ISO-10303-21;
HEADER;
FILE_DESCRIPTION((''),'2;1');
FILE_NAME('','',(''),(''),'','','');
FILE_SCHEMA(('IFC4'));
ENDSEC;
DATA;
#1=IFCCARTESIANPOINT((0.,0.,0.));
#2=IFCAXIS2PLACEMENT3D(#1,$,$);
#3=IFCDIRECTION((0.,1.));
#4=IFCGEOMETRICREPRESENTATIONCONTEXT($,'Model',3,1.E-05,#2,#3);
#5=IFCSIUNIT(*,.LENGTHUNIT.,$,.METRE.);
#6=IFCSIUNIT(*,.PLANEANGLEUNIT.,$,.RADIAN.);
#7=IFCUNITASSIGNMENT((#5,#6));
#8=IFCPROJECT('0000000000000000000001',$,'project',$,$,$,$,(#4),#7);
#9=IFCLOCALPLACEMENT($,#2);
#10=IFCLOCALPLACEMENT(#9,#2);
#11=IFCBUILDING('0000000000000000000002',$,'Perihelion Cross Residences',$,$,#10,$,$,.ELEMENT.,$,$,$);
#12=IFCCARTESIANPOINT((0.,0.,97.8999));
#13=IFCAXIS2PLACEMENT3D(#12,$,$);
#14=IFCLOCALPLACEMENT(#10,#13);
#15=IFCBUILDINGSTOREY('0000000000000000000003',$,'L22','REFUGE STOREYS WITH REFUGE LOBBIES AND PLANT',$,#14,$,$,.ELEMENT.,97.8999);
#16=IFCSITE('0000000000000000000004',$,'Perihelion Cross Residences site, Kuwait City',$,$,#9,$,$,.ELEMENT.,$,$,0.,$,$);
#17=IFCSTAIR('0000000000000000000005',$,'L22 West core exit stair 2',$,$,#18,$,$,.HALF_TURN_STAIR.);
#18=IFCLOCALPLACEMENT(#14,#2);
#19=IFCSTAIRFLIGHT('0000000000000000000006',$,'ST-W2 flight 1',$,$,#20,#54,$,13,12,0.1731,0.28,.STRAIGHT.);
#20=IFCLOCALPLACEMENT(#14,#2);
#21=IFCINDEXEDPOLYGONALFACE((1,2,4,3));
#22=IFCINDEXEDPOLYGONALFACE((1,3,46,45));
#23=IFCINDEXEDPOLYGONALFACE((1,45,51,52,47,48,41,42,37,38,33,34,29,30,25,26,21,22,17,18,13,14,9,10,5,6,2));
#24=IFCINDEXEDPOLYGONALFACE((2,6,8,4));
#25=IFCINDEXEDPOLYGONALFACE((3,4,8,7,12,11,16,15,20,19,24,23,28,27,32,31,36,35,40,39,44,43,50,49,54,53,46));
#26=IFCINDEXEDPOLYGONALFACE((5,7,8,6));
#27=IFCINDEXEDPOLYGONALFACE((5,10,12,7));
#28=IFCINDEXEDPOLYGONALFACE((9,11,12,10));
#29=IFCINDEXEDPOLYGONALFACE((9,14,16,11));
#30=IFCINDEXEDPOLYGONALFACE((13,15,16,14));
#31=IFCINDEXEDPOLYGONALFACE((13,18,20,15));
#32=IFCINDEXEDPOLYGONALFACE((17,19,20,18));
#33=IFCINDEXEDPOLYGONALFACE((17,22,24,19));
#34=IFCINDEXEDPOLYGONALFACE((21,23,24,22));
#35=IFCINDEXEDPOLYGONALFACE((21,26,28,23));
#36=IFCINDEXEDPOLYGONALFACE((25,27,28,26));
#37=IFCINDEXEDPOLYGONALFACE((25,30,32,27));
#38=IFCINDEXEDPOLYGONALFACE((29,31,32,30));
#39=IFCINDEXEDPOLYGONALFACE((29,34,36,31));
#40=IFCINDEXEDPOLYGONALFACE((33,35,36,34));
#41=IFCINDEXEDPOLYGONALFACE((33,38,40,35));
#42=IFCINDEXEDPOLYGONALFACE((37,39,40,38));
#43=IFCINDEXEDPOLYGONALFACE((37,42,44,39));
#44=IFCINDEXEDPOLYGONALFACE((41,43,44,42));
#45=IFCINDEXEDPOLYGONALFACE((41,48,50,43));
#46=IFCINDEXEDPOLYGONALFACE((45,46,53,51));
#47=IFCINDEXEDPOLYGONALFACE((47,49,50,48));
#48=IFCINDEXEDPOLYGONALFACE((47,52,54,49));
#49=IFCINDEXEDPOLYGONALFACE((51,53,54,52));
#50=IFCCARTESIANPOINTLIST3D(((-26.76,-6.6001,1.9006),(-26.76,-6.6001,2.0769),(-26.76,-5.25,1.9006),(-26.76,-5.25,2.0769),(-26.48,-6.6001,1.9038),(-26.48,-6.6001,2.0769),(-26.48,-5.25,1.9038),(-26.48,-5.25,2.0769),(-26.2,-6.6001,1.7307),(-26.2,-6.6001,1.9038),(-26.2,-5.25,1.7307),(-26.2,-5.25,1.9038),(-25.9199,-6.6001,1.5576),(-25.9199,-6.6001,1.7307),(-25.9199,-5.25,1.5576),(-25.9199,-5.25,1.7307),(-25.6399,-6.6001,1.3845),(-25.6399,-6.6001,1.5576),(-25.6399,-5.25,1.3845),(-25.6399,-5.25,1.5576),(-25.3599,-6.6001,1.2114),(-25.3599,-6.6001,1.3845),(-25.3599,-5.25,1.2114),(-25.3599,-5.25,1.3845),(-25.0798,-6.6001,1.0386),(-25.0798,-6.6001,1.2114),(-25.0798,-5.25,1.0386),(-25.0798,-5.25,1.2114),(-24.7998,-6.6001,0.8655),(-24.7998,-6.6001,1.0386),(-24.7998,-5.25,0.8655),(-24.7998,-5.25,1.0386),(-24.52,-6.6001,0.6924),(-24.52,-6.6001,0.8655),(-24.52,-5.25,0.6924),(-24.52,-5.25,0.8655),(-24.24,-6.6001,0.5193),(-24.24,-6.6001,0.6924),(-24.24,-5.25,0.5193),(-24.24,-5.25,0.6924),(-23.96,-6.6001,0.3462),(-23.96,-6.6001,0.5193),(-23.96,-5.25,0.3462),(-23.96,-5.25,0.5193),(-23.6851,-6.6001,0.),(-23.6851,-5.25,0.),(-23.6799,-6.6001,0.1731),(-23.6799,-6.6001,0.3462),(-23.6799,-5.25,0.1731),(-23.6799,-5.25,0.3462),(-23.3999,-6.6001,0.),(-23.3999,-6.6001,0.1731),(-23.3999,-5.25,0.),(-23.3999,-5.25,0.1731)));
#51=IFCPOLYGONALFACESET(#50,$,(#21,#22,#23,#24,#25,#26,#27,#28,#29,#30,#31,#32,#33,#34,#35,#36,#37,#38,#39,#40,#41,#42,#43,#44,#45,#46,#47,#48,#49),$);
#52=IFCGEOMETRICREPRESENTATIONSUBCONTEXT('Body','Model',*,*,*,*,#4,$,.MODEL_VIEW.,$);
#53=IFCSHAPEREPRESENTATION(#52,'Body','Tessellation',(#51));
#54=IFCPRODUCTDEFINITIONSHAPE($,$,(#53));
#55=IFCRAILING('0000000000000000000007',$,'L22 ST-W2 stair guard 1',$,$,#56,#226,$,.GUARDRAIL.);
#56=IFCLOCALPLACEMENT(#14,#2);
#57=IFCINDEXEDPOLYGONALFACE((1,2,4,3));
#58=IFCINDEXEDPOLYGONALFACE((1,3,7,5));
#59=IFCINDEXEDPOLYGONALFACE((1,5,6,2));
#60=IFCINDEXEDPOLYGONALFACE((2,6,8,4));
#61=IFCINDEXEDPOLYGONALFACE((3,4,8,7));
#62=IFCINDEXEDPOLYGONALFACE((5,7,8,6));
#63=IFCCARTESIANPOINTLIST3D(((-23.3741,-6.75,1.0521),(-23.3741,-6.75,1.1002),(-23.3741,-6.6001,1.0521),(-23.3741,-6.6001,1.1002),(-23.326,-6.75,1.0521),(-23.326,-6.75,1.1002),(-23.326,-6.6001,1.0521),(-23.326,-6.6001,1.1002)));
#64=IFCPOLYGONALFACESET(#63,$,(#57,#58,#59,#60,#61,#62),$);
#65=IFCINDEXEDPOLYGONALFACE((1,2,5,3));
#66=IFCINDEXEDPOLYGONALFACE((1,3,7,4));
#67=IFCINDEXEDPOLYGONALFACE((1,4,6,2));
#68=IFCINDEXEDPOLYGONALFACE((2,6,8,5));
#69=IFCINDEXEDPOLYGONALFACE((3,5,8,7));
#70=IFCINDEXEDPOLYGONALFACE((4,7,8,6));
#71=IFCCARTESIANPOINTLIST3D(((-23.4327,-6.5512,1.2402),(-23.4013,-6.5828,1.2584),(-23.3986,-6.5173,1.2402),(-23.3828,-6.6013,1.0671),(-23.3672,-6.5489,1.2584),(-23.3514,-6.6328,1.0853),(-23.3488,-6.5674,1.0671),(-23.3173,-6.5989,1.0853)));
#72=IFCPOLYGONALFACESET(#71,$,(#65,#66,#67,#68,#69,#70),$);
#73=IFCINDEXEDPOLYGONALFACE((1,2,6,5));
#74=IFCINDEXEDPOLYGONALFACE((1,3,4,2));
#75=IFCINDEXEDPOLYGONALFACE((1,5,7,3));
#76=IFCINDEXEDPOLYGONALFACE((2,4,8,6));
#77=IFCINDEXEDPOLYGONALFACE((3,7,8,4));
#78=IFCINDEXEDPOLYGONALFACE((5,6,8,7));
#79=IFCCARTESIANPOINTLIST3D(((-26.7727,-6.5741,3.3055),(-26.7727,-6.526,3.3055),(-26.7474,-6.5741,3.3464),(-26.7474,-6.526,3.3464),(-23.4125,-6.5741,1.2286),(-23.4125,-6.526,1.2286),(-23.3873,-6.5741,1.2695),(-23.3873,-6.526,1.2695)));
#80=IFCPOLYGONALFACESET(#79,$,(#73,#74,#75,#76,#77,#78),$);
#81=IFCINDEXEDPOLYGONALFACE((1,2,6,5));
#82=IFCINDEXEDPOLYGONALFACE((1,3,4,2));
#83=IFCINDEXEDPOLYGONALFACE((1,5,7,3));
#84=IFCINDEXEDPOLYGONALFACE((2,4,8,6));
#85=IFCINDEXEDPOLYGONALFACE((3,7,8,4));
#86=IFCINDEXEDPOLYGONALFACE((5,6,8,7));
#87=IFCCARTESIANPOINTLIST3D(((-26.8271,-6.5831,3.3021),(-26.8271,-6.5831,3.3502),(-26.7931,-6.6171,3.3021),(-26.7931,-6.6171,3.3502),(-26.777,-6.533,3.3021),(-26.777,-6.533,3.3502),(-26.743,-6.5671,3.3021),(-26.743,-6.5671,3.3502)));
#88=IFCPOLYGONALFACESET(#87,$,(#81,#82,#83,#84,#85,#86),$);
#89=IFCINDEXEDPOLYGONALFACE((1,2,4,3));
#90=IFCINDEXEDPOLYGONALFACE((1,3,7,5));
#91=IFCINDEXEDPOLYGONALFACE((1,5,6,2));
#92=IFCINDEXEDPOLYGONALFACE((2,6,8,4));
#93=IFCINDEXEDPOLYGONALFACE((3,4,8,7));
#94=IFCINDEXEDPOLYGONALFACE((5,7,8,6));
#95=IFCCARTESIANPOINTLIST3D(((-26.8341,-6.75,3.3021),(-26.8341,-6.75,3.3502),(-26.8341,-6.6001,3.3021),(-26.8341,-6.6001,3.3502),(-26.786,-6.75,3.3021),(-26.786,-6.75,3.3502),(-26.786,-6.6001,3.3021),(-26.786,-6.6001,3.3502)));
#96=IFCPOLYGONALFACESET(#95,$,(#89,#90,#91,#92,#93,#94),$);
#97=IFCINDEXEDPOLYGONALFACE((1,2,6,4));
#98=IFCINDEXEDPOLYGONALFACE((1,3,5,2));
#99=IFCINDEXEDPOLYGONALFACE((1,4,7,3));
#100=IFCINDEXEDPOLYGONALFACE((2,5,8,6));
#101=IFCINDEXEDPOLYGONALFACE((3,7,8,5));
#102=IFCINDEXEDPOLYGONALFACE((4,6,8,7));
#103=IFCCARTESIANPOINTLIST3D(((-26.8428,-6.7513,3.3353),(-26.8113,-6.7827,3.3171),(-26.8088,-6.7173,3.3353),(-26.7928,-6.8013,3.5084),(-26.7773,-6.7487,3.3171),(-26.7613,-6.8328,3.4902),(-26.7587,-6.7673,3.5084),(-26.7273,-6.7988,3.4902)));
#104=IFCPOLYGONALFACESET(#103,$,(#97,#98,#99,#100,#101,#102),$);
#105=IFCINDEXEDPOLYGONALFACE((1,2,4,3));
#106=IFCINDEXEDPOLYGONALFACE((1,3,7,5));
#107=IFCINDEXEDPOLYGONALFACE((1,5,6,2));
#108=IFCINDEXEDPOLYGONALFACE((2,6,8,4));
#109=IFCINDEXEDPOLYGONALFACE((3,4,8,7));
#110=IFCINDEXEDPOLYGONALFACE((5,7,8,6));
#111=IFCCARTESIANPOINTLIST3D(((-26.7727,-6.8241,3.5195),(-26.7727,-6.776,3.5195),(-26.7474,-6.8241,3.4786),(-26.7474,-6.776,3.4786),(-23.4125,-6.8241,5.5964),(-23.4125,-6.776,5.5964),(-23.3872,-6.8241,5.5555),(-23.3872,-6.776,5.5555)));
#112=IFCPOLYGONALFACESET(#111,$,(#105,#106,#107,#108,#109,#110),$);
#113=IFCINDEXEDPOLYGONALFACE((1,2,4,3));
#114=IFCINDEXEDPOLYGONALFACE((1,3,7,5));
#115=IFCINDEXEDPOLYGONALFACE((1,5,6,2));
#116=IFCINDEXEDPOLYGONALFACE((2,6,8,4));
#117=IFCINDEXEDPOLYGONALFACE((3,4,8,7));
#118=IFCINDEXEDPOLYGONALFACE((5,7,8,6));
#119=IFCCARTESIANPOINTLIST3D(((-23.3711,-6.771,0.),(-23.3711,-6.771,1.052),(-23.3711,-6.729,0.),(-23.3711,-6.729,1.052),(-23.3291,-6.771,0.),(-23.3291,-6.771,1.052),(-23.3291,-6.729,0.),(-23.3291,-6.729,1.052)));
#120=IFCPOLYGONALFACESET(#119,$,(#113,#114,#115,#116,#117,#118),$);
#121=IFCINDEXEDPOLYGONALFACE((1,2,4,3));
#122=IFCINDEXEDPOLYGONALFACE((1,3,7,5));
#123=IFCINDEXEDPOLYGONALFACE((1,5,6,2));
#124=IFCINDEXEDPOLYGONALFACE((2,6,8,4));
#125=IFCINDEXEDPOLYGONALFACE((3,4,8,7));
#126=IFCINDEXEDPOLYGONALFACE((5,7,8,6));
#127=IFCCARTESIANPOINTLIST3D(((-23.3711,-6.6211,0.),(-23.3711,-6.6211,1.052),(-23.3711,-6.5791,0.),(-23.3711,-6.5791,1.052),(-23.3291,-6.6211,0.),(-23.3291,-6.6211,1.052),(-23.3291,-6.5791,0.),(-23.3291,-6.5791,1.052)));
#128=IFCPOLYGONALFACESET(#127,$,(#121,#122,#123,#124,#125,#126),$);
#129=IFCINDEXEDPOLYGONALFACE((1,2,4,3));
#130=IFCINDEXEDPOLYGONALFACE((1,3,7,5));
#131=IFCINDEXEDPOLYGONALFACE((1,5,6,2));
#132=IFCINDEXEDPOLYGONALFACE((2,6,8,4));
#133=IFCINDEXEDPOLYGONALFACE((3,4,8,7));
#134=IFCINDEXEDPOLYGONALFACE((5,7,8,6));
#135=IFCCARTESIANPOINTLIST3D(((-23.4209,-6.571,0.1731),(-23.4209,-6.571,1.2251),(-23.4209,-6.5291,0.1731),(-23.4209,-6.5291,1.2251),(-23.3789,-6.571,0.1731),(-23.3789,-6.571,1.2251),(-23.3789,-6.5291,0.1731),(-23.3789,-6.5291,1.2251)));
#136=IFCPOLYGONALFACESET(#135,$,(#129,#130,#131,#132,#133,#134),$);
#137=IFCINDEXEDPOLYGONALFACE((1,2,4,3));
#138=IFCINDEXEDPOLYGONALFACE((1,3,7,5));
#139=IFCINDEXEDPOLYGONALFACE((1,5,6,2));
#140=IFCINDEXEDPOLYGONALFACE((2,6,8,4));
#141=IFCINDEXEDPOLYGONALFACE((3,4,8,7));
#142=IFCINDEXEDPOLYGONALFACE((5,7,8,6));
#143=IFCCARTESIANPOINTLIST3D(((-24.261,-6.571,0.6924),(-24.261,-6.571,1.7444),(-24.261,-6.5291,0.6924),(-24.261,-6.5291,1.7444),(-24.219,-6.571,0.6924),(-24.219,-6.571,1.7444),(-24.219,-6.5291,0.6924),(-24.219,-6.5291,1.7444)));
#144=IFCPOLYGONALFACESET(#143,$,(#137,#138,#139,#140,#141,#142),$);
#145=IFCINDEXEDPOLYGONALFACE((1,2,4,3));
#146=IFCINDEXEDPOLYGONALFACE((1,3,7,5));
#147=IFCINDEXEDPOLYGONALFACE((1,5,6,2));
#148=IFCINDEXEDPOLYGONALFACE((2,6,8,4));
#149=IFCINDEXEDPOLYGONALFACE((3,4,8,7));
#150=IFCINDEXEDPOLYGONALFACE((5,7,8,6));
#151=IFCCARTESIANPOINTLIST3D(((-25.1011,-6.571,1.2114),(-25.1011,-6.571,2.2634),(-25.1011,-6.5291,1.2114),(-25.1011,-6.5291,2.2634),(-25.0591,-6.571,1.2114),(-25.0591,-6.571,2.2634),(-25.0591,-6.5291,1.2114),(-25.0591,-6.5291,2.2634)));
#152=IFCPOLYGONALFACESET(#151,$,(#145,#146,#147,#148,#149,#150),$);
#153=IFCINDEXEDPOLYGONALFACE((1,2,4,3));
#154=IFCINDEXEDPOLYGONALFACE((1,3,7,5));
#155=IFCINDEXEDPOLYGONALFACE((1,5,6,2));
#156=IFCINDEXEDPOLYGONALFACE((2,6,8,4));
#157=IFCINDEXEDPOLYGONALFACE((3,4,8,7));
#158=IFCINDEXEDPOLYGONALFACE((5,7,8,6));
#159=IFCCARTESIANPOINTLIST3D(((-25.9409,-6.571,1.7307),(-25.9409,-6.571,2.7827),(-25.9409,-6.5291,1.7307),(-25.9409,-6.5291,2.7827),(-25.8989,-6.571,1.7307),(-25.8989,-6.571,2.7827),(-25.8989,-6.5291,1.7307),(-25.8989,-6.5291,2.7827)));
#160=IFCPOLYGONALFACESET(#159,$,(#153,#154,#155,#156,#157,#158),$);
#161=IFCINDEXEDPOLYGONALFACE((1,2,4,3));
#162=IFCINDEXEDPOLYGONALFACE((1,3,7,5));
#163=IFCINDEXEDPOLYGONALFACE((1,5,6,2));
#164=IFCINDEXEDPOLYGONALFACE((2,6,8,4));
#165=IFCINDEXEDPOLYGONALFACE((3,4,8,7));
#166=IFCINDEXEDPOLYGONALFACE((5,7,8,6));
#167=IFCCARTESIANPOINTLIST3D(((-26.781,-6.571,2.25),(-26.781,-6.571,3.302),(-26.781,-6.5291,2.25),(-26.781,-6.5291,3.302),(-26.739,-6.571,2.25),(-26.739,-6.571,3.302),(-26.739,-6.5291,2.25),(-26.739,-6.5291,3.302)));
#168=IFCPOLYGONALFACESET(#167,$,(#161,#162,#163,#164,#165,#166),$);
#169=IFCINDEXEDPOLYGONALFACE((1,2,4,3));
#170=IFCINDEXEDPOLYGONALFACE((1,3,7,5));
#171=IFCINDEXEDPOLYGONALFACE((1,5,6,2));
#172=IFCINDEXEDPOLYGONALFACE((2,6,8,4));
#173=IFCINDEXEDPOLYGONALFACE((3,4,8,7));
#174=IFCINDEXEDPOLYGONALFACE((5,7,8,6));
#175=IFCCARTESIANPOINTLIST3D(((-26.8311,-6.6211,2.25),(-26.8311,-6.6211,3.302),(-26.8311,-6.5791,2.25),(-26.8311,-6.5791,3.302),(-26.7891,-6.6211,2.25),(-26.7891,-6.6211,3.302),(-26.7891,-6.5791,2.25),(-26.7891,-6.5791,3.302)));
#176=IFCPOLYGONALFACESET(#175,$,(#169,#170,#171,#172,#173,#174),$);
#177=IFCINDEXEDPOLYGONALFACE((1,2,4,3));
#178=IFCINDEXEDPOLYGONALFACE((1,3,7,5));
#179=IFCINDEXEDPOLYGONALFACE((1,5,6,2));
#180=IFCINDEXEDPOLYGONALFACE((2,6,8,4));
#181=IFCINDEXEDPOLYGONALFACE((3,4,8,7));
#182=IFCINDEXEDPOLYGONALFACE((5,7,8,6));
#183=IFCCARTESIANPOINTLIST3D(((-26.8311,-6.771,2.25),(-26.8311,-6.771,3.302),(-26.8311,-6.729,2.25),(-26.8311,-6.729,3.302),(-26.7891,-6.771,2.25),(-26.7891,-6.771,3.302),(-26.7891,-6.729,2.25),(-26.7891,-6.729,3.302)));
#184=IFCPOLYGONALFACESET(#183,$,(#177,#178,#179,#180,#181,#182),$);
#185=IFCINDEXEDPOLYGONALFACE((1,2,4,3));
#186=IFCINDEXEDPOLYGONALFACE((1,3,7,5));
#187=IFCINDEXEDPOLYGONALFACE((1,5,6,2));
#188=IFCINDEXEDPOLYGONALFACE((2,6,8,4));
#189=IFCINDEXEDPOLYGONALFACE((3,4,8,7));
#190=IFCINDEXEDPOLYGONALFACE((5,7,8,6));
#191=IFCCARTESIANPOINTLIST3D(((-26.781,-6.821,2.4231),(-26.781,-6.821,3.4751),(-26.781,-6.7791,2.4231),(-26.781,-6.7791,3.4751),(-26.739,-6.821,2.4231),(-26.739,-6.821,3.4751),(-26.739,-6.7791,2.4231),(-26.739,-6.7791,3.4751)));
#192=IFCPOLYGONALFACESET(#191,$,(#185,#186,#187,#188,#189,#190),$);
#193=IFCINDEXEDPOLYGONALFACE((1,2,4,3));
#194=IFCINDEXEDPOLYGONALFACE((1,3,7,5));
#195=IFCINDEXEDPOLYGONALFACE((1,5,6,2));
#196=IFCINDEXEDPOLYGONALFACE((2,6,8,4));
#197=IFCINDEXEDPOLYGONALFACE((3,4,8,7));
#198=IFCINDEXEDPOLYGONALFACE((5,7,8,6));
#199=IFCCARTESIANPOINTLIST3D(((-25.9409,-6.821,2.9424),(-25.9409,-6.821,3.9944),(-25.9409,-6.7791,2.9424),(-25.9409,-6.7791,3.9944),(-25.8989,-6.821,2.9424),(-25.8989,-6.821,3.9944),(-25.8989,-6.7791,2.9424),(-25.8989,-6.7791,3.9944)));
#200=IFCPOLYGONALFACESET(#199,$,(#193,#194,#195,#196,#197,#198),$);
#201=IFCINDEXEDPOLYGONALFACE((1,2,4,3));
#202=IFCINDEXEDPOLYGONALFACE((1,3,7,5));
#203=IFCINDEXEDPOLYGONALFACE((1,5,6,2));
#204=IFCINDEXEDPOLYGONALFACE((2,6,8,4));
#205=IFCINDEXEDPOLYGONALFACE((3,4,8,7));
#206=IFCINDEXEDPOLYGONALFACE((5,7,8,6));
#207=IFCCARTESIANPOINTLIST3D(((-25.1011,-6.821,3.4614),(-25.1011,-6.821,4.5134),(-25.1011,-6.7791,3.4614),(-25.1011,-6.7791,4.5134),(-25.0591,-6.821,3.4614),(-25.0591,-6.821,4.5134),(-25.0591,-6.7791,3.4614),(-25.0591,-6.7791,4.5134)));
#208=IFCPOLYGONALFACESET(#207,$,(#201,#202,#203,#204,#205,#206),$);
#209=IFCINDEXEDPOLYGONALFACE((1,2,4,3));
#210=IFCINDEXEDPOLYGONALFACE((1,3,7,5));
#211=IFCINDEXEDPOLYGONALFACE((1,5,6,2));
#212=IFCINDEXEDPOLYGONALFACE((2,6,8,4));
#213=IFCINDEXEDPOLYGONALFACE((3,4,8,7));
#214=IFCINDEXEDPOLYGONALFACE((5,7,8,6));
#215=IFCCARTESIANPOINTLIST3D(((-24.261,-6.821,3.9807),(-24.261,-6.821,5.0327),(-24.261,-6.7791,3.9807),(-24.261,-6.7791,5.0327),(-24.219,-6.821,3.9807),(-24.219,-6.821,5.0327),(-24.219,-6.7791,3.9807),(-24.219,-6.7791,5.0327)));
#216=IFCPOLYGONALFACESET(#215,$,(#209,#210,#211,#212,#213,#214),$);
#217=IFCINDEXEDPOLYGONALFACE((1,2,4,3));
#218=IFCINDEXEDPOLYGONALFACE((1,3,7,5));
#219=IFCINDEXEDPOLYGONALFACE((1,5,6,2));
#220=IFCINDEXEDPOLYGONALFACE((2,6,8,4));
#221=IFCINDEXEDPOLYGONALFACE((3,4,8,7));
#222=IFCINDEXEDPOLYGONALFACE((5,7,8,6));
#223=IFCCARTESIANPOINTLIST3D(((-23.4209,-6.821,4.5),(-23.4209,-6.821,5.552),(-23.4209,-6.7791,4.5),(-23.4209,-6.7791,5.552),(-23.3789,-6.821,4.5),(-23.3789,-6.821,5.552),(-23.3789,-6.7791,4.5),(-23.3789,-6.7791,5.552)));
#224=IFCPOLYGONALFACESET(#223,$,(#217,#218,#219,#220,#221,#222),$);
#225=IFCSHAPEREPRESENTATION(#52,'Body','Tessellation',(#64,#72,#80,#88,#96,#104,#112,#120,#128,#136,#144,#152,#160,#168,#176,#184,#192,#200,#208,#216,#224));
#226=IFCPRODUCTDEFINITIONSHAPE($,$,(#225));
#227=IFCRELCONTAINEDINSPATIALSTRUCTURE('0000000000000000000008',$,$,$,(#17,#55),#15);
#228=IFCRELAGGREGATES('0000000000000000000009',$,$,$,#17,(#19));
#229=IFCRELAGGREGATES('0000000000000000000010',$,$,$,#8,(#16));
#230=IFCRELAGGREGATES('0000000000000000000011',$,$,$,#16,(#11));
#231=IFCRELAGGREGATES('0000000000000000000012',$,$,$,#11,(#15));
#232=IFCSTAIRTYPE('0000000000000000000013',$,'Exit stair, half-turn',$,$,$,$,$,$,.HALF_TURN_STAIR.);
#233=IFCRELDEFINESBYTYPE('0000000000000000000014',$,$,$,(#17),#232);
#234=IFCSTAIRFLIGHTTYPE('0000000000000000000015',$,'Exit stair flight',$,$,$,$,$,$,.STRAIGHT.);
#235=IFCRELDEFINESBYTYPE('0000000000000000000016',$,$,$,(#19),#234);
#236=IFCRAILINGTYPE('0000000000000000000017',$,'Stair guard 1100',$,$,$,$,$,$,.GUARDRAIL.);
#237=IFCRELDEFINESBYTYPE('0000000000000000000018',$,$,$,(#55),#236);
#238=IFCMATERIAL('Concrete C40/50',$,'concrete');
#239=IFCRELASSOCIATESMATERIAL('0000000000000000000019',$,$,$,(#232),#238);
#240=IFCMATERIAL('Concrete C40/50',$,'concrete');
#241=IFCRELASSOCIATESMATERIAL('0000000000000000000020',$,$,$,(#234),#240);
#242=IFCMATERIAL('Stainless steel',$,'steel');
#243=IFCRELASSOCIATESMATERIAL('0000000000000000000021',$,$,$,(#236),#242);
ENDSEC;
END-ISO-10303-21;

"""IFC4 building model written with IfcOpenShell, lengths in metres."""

from ifc_helpers import new_model, si_unit, direction, frame, origin, origin_2d, place, context, subcontext, project, spatial, polyline, rectangle, outline, extrude, material, type_object, element, aggregate, save


model = new_model("IFC4")

# Units and contexts
model_context = context("Model", 3, precision=1e-05, world=origin(), true_north=direction((0.0, 1.0)))
body_context = subcontext(model_context, "Body", "Model", "MODEL_VIEW")
ifc_project = project(units=[si_unit("LENGTHUNIT", "METRE"), si_unit("PLANEANGLEUNIT", "RADIAN")], contexts=[model_context])

# Site, building, storey
site_placement = place(None, origin())
site = spatial("IfcSite", under=ifc_project, at=site_placement, Name="Perihelion Cross Residences site, Kuwait City", CompositionType="ELEMENT", RefElevation=0.0)
building_placement = place(site_placement, origin())
building = spatial("IfcBuilding", under=site, at=building_placement, Name="Perihelion Cross Residences", CompositionType="ELEMENT")
storey_placement = place(building_placement, frame((0.0, 0.0, 97.8999)))
storey = spatial("IfcBuildingStorey", under=building, at=storey_placement, Name="L22", Description="REFUGE STOREYS WITH REFUGE LOBBIES AND PLANT", CompositionType="ELEMENT", Elevation=97.8999)

# Stair, stair flight
ifc_material_1 = material(Name="Concrete C40/50", Category="concrete")
stair_type = type_object("IfcStairType", Name="Exit stair, half-turn", PredefinedType="HALF_TURN_STAIR", material=ifc_material_1)
stair_placement = place(storey_placement, origin())
stair = element("IfcStair", 1, at=stair_placement, inside=storey, type_object=stair_type, Name="L22 West core exit stair 2", PredefinedType="HALF_TURN_STAIR")
ifc_material_2 = material(Name="Concrete C40/50", Category="concrete")
stair_flight_type = type_object("IfcStairFlightType", Name="Exit stair flight", PredefinedType="STRAIGHT", material=ifc_material_2)
stair_flight_placement = place(storey_placement, frame((-23.3999, -5.925, 0.0), z_axis=(0.0, 0.0, 1.0), x_axis=(-1.0, 0.0, 0.0)))
stair_flight = element("IfcStairFlight", 2, at=stair_flight_placement, type_object=stair_flight_type, Name="ST-W2 flight 1", NumberOfRisers=13, NumberOfTreads=12, PredefinedType="STRAIGHT", RiserHeight=0.1731, TreadLength=0.28, context=body_context, shape_type="SweptSolid", body=[
    extrude(outline(polyline([(0.0, 0.0), (0.0, 0.1731), (0.28, 0.1731), (0.28, 0.3462), (0.5601, 0.3462), (0.5601, 0.5193), (0.8401, 0.5193), (0.8401, 0.6924), (1.1201, 0.6924), (1.1201, 0.8655), (1.3999, 0.8655), (1.3999, 1.0386), (1.6799, 1.0386), (1.6799, 1.2114), (1.96, 1.2114), (1.96, 1.3845), (2.24, 1.3845), (2.24, 1.5576), (2.52, 1.5576), (2.52, 1.7307), (2.8, 1.7307), (2.8, 1.9038), (3.0801, 1.9038), (3.0801, 2.0769), (3.3601, 2.0769), (3.3601, 2.25), (3.3601, 1.9006), (0.2852, 0.0), (0.0, 0.0)])), frame((0.0, 0.675, 0.0), z_axis=(0.0, -1.0, 0.0), x_axis=(1.0, 0.0, 0.0)), (0.0, 0.0, 1.0), 1.3501),
])
aggregate(stair, [stair_flight])

# Railing
ifc_material_3 = material(Name="Stainless steel", Category="steel")
railing_type_1 = type_object("IfcRailingType", Name="Stair guard 1100", PredefinedType="GUARDRAIL", material=ifc_material_3)
railing_1_placement = place(storey_placement, frame((-23.3501, -6.75, 0.0)))
element("IfcRailing", 3, at=railing_1_placement, inside=storey, type_object=railing_type_1, Name="L22 ST-W2 stair guard 1", PredefinedType="GUARDRAIL", context=body_context, shape_type="SweptSolid", body=[
    extrude(rectangle(XDim=0.0481, YDim=0.0481, at=origin_2d()), frame((0.0, 0.0, 1.0762), z_axis=(0.0, 1.0, 0.0), x_axis=(-1.0, 0.0, 0.0)), (0.0, 0.0, 1.0), 0.1499),
    extrude(rectangle(XDim=0.0481, YDim=0.0481, at=origin_2d()), frame((0.0, 0.1499, 1.0762), z_axis=(-0.266417, 0.267723, 0.92593), x_axis=(-0.708834, -0.705376, 0.0)), (0.0, 0.0, 1.0), 0.187),
    extrude(rectangle(XDim=0.0481, YDim=0.0481, at=origin_2d()), frame((-0.0498, 0.2, 1.249), z_axis=(-0.850623, 0.0, 0.525776), x_axis=(0.0, -1.0, 0.0)), (0.0, 0.0, 1.0), 3.9502),
    extrude(rectangle(XDim=0.0481, YDim=0.0481, at=origin_2d()), frame((-3.4099, 0.2, 3.3262), z_axis=(-0.707107, -0.707107, 0.0), x_axis=(0.707107, -0.707107, 0.0)), (0.0, 0.0, 1.0), 0.0708),
    extrude(rectangle(XDim=0.0481, YDim=0.0481, at=origin_2d()), frame((-3.46, 0.1499, 3.3262), z_axis=(0.0, -1.0, 0.0), x_axis=(1.0, 0.0, 0.0)), (0.0, 0.0, 1.0), 0.1499),
    extrude(rectangle(XDim=0.0481, YDim=0.0481, at=origin_2d()), frame((-3.46, 0.0, 3.3262), z_axis=(0.26763, -0.26763, 0.925607), x_axis=(0.707107, 0.707107, 0.0)), (0.0, 0.0, 1.0), 0.187),
    extrude(rectangle(XDim=0.0481, YDim=0.0481, at=origin_2d()), frame((-3.4099, -0.05, 3.499), z_axis=(0.850623, 0.0, 0.525776), x_axis=(0.0, 1.0, 0.0)), (0.0, 0.0, 1.0), 3.9502),
    extrude(rectangle(XDim=0.042, YDim=0.042, at=origin_2d()), origin(), (0.0, 0.0, 1.0), 1.052),
    extrude(rectangle(XDim=0.042, YDim=0.042, at=origin_2d()), frame((0.0, 0.1499, 0.0)), (0.0, 0.0, 1.0), 1.052),
    extrude(rectangle(XDim=0.042, YDim=0.042, at=origin_2d()), frame((-0.0498, 0.2, 0.1731)), (0.0, 0.0, 1.0), 1.052),
    extrude(rectangle(XDim=0.042, YDim=0.042, at=origin_2d()), frame((-0.8899, 0.2, 0.6924)), (0.0, 0.0, 1.0), 1.052),
    extrude(rectangle(XDim=0.042, YDim=0.042, at=origin_2d()), frame((-1.73, 0.2, 1.2114)), (0.0, 0.0, 1.0), 1.052),
    extrude(rectangle(XDim=0.042, YDim=0.042, at=origin_2d()), frame((-2.5698, 0.2, 1.7307)), (0.0, 0.0, 1.0), 1.052),
    extrude(rectangle(XDim=0.042, YDim=0.042, at=origin_2d()), frame((-3.4099, 0.2, 2.25)), (0.0, 0.0, 1.0), 1.052),
    extrude(rectangle(XDim=0.042, YDim=0.042, at=origin_2d()), frame((-3.46, 0.1499, 2.25)), (0.0, 0.0, 1.0), 1.052),
    extrude(rectangle(XDim=0.042, YDim=0.042, at=origin_2d()), frame((-3.46, 0.0, 2.25)), (0.0, 0.0, 1.0), 1.052),
    extrude(rectangle(XDim=0.042, YDim=0.042, at=origin_2d()), frame((-3.4099, -0.05, 2.4231)), (0.0, 0.0, 1.0), 1.052),
    extrude(rectangle(XDim=0.042, YDim=0.042, at=origin_2d()), frame((-2.5698, -0.05, 2.9424)), (0.0, 0.0, 1.0), 1.052),
    extrude(rectangle(XDim=0.042, YDim=0.042, at=origin_2d()), frame((-1.73, -0.05, 3.4614)), (0.0, 0.0, 1.0), 1.052),
    extrude(rectangle(XDim=0.042, YDim=0.042, at=origin_2d()), frame((-0.8899, -0.05, 3.9807)), (0.0, 0.0, 1.0), 1.052),
    extrude(rectangle(XDim=0.042, YDim=0.042, at=origin_2d()), frame((-0.0498, -0.05, 4.5)), (0.0, 0.0, 1.0), 1.052),
])

save(model, "model.ifc")
